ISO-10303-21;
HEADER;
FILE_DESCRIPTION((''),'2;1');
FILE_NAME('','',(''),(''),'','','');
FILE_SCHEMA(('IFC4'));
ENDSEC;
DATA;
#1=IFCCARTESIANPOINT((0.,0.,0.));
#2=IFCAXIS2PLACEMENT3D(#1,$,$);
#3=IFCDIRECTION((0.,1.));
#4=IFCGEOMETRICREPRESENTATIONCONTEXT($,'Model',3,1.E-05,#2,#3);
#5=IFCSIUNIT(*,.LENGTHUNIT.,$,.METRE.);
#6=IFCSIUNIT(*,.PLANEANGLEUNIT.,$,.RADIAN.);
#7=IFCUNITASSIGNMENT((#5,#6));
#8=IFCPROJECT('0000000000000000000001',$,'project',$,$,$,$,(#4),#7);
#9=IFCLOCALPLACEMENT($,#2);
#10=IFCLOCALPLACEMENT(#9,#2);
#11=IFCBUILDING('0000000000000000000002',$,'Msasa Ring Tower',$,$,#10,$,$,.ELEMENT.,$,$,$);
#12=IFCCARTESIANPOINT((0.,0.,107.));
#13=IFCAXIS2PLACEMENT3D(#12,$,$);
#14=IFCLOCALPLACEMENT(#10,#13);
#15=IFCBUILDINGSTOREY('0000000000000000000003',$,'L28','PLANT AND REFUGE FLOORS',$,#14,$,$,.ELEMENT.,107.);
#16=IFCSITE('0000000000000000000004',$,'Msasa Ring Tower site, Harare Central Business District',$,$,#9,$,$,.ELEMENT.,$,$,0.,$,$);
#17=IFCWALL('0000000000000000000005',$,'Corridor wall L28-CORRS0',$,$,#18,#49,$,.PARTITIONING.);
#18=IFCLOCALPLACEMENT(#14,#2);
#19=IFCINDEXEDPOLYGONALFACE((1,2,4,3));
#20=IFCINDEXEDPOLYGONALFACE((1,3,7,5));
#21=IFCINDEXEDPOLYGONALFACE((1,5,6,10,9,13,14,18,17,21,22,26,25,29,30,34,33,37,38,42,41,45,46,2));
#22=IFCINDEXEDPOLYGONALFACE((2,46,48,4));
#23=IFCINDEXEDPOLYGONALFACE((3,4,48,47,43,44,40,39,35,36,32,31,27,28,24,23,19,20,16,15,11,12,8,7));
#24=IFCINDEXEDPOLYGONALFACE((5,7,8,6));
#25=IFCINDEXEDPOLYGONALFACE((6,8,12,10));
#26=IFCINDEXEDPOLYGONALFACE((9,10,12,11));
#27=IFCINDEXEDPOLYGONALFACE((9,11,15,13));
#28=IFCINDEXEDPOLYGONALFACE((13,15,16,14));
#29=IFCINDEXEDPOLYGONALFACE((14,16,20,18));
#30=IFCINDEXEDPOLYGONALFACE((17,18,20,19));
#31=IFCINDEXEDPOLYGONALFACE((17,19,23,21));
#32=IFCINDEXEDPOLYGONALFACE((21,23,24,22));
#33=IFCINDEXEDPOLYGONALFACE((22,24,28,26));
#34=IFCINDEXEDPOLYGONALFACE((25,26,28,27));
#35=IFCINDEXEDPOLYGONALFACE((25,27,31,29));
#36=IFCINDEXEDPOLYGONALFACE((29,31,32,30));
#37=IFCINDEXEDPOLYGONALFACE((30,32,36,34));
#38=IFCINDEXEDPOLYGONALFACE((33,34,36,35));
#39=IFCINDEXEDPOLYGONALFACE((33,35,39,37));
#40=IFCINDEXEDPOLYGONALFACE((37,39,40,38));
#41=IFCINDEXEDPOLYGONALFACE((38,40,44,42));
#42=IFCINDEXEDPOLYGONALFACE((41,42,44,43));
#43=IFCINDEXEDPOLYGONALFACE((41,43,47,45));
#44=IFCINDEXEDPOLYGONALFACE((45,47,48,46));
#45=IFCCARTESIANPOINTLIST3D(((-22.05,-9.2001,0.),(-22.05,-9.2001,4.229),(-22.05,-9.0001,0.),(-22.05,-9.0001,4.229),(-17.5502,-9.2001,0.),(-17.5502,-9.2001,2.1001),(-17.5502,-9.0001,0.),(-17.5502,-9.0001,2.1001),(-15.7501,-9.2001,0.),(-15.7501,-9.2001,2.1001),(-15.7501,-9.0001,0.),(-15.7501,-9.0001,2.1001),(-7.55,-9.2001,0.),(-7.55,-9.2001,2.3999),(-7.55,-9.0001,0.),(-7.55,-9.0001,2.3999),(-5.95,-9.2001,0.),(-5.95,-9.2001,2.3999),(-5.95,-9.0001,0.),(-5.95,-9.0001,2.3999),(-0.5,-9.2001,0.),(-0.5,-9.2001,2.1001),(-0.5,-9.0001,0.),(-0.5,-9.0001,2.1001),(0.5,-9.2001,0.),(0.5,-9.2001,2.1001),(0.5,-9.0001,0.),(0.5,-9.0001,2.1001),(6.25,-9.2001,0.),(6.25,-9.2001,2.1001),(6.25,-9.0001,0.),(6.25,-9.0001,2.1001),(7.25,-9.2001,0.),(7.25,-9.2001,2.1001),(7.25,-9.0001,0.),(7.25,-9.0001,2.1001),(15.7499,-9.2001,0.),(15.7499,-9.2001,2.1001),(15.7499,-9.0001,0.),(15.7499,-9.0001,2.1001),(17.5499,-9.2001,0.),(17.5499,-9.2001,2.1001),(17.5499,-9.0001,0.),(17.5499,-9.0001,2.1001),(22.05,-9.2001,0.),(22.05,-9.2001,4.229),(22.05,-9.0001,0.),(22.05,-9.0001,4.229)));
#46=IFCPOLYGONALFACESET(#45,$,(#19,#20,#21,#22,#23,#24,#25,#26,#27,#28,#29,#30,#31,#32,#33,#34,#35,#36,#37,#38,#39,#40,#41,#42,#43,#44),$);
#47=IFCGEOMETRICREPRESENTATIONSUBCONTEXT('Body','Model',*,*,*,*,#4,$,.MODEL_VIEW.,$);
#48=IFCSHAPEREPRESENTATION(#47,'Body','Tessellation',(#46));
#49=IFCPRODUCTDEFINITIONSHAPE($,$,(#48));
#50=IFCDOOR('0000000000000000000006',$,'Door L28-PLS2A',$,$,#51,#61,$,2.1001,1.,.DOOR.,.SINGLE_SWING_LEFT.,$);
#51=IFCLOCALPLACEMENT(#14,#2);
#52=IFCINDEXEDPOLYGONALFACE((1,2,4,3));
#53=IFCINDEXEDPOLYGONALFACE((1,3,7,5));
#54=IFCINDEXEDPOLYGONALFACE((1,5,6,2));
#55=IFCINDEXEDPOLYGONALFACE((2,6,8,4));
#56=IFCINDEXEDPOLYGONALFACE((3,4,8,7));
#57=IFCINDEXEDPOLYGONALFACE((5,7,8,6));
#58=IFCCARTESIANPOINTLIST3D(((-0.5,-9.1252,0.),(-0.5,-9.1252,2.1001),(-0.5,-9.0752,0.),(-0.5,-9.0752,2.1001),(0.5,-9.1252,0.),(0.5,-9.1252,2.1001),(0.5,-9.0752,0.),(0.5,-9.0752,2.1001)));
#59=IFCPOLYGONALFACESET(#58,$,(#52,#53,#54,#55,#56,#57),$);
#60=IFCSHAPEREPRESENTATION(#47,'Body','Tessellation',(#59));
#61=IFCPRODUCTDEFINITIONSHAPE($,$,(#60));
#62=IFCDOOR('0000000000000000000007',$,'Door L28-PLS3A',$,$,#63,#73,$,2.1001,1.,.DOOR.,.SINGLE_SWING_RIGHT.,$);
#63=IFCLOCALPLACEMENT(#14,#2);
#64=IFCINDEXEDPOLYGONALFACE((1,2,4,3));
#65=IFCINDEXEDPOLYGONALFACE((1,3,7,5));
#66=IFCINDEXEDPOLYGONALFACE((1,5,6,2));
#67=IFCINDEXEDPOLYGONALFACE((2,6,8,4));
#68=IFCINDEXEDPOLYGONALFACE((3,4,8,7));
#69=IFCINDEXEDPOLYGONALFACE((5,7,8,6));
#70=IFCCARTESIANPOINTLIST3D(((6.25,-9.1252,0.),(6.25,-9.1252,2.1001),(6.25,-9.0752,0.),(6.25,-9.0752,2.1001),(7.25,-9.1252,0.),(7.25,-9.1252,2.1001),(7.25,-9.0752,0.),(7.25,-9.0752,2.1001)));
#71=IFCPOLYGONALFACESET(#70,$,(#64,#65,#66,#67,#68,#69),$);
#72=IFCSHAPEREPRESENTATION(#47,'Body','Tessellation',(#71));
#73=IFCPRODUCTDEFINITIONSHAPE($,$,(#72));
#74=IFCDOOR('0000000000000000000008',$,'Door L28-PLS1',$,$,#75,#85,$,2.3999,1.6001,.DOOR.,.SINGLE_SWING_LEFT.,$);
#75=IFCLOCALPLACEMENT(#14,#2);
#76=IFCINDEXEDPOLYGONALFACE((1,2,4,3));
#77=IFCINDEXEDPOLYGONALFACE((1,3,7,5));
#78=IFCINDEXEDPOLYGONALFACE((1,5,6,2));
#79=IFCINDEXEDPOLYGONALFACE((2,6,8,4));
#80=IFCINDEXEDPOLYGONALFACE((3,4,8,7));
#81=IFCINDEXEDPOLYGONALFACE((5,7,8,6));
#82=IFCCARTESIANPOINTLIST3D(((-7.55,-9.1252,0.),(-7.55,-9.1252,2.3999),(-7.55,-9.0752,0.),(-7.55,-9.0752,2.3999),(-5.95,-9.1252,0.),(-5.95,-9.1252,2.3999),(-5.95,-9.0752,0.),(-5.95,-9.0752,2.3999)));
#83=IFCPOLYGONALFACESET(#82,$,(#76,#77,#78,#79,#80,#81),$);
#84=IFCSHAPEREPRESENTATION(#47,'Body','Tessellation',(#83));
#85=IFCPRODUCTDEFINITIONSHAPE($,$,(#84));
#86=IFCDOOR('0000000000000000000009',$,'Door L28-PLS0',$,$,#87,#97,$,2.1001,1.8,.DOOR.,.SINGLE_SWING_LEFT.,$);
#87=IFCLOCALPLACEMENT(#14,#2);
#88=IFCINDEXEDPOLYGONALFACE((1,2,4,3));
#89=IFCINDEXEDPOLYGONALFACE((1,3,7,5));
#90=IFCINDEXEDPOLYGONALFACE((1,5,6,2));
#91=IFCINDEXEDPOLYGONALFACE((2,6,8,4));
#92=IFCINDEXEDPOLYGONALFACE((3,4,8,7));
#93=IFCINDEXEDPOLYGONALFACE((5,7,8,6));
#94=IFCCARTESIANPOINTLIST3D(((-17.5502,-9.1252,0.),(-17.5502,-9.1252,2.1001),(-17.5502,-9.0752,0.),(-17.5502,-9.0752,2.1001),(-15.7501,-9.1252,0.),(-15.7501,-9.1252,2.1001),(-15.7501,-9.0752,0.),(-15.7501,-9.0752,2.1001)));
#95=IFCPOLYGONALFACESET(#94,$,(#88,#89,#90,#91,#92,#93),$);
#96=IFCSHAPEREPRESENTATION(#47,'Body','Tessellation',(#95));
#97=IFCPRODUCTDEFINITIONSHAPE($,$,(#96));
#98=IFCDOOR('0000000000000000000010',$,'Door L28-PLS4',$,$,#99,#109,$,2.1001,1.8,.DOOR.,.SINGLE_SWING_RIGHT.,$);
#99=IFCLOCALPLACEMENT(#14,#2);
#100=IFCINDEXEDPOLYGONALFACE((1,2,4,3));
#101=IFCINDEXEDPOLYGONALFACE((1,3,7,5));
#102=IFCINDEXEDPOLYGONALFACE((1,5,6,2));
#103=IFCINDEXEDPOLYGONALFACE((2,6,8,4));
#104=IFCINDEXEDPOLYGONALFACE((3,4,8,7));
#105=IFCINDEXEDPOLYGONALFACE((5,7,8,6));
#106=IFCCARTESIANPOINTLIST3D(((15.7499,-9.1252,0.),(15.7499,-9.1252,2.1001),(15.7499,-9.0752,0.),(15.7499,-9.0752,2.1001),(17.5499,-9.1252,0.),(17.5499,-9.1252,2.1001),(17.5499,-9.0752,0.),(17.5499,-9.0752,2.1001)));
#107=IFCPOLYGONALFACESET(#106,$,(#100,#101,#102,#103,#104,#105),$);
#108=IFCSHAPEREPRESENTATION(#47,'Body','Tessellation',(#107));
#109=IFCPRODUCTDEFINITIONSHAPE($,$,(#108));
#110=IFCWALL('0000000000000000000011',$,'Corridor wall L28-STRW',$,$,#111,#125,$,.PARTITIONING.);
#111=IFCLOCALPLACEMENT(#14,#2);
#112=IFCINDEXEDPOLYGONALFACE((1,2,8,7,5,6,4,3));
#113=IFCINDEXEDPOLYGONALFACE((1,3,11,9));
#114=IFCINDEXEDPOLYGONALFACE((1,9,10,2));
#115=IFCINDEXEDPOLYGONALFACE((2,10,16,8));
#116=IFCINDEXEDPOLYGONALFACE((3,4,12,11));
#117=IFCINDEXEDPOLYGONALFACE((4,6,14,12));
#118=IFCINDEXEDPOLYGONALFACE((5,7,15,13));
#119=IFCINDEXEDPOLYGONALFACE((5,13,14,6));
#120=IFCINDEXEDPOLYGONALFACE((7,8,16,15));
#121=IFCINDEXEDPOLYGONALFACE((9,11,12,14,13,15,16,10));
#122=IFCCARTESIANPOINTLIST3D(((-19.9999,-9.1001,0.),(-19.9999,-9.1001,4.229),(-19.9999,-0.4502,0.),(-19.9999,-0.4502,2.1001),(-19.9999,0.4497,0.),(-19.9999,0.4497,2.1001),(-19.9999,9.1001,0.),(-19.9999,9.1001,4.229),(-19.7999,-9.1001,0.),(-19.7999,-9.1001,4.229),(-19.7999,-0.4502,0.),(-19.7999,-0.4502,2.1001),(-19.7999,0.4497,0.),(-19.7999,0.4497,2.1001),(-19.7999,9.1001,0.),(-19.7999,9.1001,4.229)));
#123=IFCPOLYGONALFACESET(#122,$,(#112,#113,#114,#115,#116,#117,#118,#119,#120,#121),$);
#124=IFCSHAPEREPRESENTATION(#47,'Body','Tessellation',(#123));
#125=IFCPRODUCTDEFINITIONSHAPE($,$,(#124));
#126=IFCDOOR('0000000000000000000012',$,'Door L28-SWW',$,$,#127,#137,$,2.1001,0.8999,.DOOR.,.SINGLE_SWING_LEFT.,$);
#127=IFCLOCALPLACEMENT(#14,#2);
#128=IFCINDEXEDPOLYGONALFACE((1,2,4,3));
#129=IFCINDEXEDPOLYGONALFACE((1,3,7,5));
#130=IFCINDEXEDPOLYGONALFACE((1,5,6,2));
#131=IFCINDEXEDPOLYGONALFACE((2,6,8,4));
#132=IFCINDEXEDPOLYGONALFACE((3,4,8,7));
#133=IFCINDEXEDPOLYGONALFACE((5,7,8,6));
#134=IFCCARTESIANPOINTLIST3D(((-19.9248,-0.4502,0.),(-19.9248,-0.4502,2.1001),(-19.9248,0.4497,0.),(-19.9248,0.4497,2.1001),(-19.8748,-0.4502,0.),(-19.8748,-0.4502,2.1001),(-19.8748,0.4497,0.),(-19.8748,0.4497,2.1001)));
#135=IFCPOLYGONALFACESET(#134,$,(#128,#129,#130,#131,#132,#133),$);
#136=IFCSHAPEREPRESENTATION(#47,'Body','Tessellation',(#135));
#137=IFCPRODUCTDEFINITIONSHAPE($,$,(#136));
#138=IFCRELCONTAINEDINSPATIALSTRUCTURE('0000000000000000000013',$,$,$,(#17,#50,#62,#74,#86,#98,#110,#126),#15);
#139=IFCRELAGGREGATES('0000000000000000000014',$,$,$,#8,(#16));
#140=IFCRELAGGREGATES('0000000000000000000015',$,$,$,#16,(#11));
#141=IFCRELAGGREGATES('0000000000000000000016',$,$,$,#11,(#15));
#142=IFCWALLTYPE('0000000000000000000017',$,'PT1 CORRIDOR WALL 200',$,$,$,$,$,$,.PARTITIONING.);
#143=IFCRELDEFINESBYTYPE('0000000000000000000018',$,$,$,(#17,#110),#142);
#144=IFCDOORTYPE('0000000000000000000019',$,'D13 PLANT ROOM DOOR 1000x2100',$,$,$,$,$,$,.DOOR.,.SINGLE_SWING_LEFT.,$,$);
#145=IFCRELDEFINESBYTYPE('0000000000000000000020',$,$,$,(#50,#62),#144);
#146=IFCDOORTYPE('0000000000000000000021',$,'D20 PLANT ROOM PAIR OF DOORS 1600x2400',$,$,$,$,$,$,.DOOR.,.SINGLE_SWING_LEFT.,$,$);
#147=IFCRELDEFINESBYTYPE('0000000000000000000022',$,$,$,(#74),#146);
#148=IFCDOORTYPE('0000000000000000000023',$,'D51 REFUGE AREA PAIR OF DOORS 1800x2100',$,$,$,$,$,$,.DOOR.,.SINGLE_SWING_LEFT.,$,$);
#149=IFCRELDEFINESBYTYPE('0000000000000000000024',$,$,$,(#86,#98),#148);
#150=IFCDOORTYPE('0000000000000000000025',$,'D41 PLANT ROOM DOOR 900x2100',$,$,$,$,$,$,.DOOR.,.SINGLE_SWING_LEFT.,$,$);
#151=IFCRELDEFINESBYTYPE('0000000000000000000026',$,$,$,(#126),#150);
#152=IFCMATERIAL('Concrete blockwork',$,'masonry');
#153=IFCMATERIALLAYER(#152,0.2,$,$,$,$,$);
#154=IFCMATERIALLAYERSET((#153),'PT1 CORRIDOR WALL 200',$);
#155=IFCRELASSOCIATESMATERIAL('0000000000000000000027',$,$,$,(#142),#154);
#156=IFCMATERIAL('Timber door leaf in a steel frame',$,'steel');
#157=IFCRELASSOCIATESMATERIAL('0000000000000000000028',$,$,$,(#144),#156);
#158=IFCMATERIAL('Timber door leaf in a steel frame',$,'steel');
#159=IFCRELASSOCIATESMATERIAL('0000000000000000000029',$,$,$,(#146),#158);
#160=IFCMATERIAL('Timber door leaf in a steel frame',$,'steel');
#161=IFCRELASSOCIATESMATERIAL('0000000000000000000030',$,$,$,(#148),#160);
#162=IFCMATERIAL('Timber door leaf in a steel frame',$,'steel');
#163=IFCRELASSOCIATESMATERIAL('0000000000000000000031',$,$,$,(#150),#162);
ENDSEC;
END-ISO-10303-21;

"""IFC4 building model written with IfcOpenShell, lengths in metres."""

from ifc_helpers import new_model, si_unit, direction, frame, frame_2d, origin, place, context, subcontext, project, spatial, rectangle, extrude, material, layer, layer_set, type_object, element, fill, save


model = new_model("IFC4")

# Units and contexts
model_context = context("Model", 3, precision=1e-05, world=origin(), true_north=direction((0.0, 1.0)))
body_context = subcontext(model_context, "Body", "Model", "MODEL_VIEW")
ifc_project = project(units=[si_unit("LENGTHUNIT", "METRE"), si_unit("PLANEANGLEUNIT", "RADIAN")], contexts=[model_context])

# Site, building, storey
site_placement = place(None, origin())
site = spatial("IfcSite", under=ifc_project, at=site_placement, Name="Msasa Ring Tower site, Harare Central Business District", CompositionType="ELEMENT", RefElevation=0.0)
building_placement = place(site_placement, origin())
building = spatial("IfcBuilding", under=site, at=building_placement, Name="Msasa Ring Tower", CompositionType="ELEMENT")
storey_placement = place(building_placement, frame((0.0, 0.0, 107.0)))
storey = spatial("IfcBuildingStorey", under=building, at=storey_placement, Name="L28", Description="PLANT AND REFUGE FLOORS", CompositionType="ELEMENT", Elevation=107.0)

# Wall, openings, doors
ifc_material_1 = material(Name="Concrete blockwork", Category="masonry")
ifc_layer_1 = layer(ifc_material_1, 0.2)
ifc_layer_set_1 = layer_set([ifc_layer_1], Name="PT1 CORRIDOR WALL 200")
wall_type_1 = type_object("IfcWallType", Name="PT1 CORRIDOR WALL 200", PredefinedType="PARTITIONING", material=ifc_layer_set_1)
wall_1_placement = place(storey_placement, frame((-22.05, -9.1001, 0.0), z_axis=(0.0, 0.0, 1.0), x_axis=(1.0, 0.0, 0.0)))
wall_1 = element("IfcWall", 1, at=wall_1_placement, inside=storey, type_object=wall_type_1, Name="Corridor wall L28-CORRS0", PredefinedType="PARTITIONING", context=body_context, shape_type="SweptSolid", body=[
    extrude(rectangle(XDim=44.1001, YDim=0.2, at=frame_2d((22.05, 0.0))), origin(), (0.0, 0.0, 1.0), 4.229),
])
opening_1_placement = place(wall_1_placement, frame((4.5, 0.0, 0.0)))
opening_1 = element("IfcOpeningElement", 2, at=opening_1_placement, cuts=wall_1, PredefinedType="OPENING", context=body_context, shape_type="SweptSolid", body=[
    extrude(rectangle(XDim=1.8, YDim=2.1001, at=frame_2d((0.8999, 1.05))), frame((0.0, 0.1099, 0.0), z_axis=(0.0, -1.0, 0.0), x_axis=(1.0, 0.0, 0.0)), (0.0, 0.0, 1.0), 0.22),
])
opening_2_placement = place(wall_1_placement, frame((14.5, 0.0, 0.0)))
opening_2 = element("IfcOpeningElement", 3, at=opening_2_placement, cuts=wall_1, PredefinedType="OPENING", context=body_context, shape_type="SweptSolid", body=[
    extrude(rectangle(XDim=1.6001, YDim=2.3999, at=frame_2d((0.8, 1.2))), frame((0.0, 0.1099, 0.0), z_axis=(0.0, -1.0, 0.0), x_axis=(1.0, 0.0, 0.0)), (0.0, 0.0, 1.0), 0.22),
])
opening_3_placement = place(wall_1_placement, frame((21.55, 0.0, 0.0)))
opening_3 = element("IfcOpeningElement", 4, at=opening_3_placement, cuts=wall_1, PredefinedType="OPENING", context=body_context, shape_type="SweptSolid", body=[
    extrude(rectangle(XDim=1.0, YDim=2.1001, at=frame_2d((0.5, 1.05))), frame((0.0, 0.1099, 0.0), z_axis=(0.0, -1.0, 0.0), x_axis=(1.0, 0.0, 0.0)), (0.0, 0.0, 1.0), 0.22),
])
opening_4_placement = place(wall_1_placement, frame((28.3, 0.0, 0.0)))
opening_4 = element("IfcOpeningElement", 5, at=opening_4_placement, cuts=wall_1, PredefinedType="OPENING", context=body_context, shape_type="SweptSolid", body=[
    extrude(rectangle(XDim=1.0, YDim=2.1001, at=frame_2d((0.5, 1.05))), frame((0.0, 0.1099, 0.0), z_axis=(0.0, -1.0, 0.0), x_axis=(1.0, 0.0, 0.0)), (0.0, 0.0, 1.0), 0.22),
])
opening_5_placement = place(wall_1_placement, frame((37.8, 0.0, 0.0)))
opening_5 = element("IfcOpeningElement", 6, at=opening_5_placement, cuts=wall_1, PredefinedType="OPENING", context=body_context, shape_type="SweptSolid", body=[
    extrude(rectangle(XDim=1.8, YDim=2.1001, at=frame_2d((0.8999, 1.05))), frame((0.0, 0.1099, 0.0), z_axis=(0.0, -1.0, 0.0), x_axis=(1.0, 0.0, 0.0)), (0.0, 0.0, 1.0), 0.22),
])
ifc_material_2 = material(Name="Timber door leaf in a steel frame", Category="steel")
door_type_1 = type_object("IfcDoorType", Name="D13 PLANT ROOM DOOR 1000x2100", OperationType="SINGLE_SWING_LEFT", PredefinedType="DOOR", material=ifc_material_2)
door_1_placement = place(opening_3_placement, origin())
door_1 = element("IfcDoor", 7, at=door_1_placement, inside=storey, type_object=door_type_1, Name="Door L28-PLS2A", OperationType="SINGLE_SWING_LEFT", OverallHeight=2.1001, OverallWidth=1.0, PredefinedType="DOOR", context=body_context, shape_type="SweptSolid", body=[
    extrude(rectangle(XDim=1.0, YDim=2.1001, at=frame_2d((0.5, 1.05))), frame((0.0, 0.0249, 0.0), z_axis=(0.0, -1.0, 0.0), x_axis=(1.0, 0.0, 0.0)), (0.0, 0.0, 1.0), 0.05),
])
fill(opening_3, door_1)
door_2_placement = place(opening_4_placement, origin())
door_2 = element("IfcDoor", 8, at=door_2_placement, inside=storey, type_object=door_type_1, Name="Door L28-PLS3A", OperationType="SINGLE_SWING_RIGHT", OverallHeight=2.1001, OverallWidth=1.0, PredefinedType="DOOR", context=body_context, shape_type="SweptSolid", body=[
    extrude(rectangle(XDim=1.0, YDim=2.1001, at=frame_2d((0.5, 1.05))), frame((0.0, 0.0249, 0.0), z_axis=(0.0, -1.0, 0.0), x_axis=(1.0, 0.0, 0.0)), (0.0, 0.0, 1.0), 0.05),
])
fill(opening_4, door_2)
ifc_material_3 = material(Name="Timber door leaf in a steel frame", Category="steel")
door_type_2 = type_object("IfcDoorType", Name="D20 PLANT ROOM PAIR OF DOORS 1600x2400", OperationType="SINGLE_SWING_LEFT", PredefinedType="DOOR", material=ifc_material_3)
door_3_placement = place(opening_2_placement, origin())
door_3 = element("IfcDoor", 9, at=door_3_placement, inside=storey, type_object=door_type_2, Name="Door L28-PLS1", OperationType="SINGLE_SWING_LEFT", OverallHeight=2.3999, OverallWidth=1.6001, PredefinedType="DOOR", context=body_context, shape_type="SweptSolid", body=[
    extrude(rectangle(XDim=1.6001, YDim=2.3999, at=frame_2d((0.8, 1.2))), frame((0.0, 0.0249, 0.0), z_axis=(0.0, -1.0, 0.0), x_axis=(1.0, 0.0, 0.0)), (0.0, 0.0, 1.0), 0.05),
])
fill(opening_2, door_3)
ifc_material_4 = material(Name="Timber door leaf in a steel frame", Category="steel")
door_type_3 = type_object("IfcDoorType", Name="D51 REFUGE AREA PAIR OF DOORS 1800x2100", OperationType="SINGLE_SWING_LEFT", PredefinedType="DOOR", material=ifc_material_4)
door_4_placement = place(opening_1_placement, origin())
door_4 = element("IfcDoor", 10, at=door_4_placement, inside=storey, type_object=door_type_3, Name="Door L28-PLS0", OperationType="SINGLE_SWING_LEFT", OverallHeight=2.1001, OverallWidth=1.8, PredefinedType="DOOR", context=body_context, shape_type="SweptSolid", body=[
    extrude(rectangle(XDim=1.8, YDim=2.1001, at=frame_2d((0.8999, 1.05))), frame((0.0, 0.0249, 0.0), z_axis=(0.0, -1.0, 0.0), x_axis=(1.0, 0.0, 0.0)), (0.0, 0.0, 1.0), 0.05),
])
fill(opening_1, door_4)
door_5_placement = place(opening_5_placement, origin())
door_5 = element("IfcDoor", 11, at=door_5_placement, inside=storey, type_object=door_type_3, Name="Door L28-PLS4", OperationType="SINGLE_SWING_RIGHT", OverallHeight=2.1001, OverallWidth=1.8, PredefinedType="DOOR", context=body_context, shape_type="SweptSolid", body=[
    extrude(rectangle(XDim=1.8, YDim=2.1001, at=frame_2d((0.8999, 1.05))), frame((0.0, 0.0249, 0.0), z_axis=(0.0, -1.0, 0.0), x_axis=(1.0, 0.0, 0.0)), (0.0, 0.0, 1.0), 0.05),
])
fill(opening_5, door_5)

# Wall, opening, door
wall_2_placement = place(storey_placement, frame((-19.8999, -9.1001, 0.0), z_axis=(0.0, 0.0, 1.0), x_axis=(0.0, 1.0, 0.0)))
wall_2 = element("IfcWall", 12, at=wall_2_placement, inside=storey, type_object=wall_type_1, Name="Corridor wall L28-STRW", PredefinedType="PARTITIONING", context=body_context, shape_type="SweptSolid", body=[
    extrude(rectangle(XDim=18.2002, YDim=0.2, at=frame_2d((9.1001, 0.0))), origin(), (0.0, 0.0, 1.0), 4.229),
])
opening_6_placement = place(wall_2_placement, frame((8.6499, 0.0, 0.0)))
opening_6 = element("IfcOpeningElement", 13, at=opening_6_placement, cuts=wall_2, PredefinedType="OPENING", context=body_context, shape_type="SweptSolid", body=[
    extrude(rectangle(XDim=0.8999, YDim=2.1001, at=frame_2d((0.45, 1.05))), frame((0.0, 0.1099, 0.0), z_axis=(0.0, -1.0, 0.0), x_axis=(1.0, 0.0, 0.0)), (0.0, 0.0, 1.0), 0.22),
])
ifc_material_5 = material(Name="Timber door leaf in a steel frame", Category="steel")
door_type_4 = type_object("IfcDoorType", Name="D41 PLANT ROOM DOOR 900x2100", OperationType="SINGLE_SWING_LEFT", PredefinedType="DOOR", material=ifc_material_5)
door_6_placement = place(opening_6_placement, origin())
door_6 = element("IfcDoor", 14, at=door_6_placement, inside=storey, type_object=door_type_4, Name="Door L28-SWW", OperationType="SINGLE_SWING_LEFT", OverallHeight=2.1001, OverallWidth=0.8999, PredefinedType="DOOR", context=body_context, shape_type="SweptSolid", body=[
    extrude(rectangle(XDim=0.8999, YDim=2.1001, at=frame_2d((0.45, 1.05))), frame((0.0, 0.0249, 0.0), z_axis=(0.0, -1.0, 0.0), x_axis=(1.0, 0.0, 0.0)), (0.0, 0.0, 1.0), 0.05),
])
fill(opening_6, door_6)

save(model, "model.ifc")
